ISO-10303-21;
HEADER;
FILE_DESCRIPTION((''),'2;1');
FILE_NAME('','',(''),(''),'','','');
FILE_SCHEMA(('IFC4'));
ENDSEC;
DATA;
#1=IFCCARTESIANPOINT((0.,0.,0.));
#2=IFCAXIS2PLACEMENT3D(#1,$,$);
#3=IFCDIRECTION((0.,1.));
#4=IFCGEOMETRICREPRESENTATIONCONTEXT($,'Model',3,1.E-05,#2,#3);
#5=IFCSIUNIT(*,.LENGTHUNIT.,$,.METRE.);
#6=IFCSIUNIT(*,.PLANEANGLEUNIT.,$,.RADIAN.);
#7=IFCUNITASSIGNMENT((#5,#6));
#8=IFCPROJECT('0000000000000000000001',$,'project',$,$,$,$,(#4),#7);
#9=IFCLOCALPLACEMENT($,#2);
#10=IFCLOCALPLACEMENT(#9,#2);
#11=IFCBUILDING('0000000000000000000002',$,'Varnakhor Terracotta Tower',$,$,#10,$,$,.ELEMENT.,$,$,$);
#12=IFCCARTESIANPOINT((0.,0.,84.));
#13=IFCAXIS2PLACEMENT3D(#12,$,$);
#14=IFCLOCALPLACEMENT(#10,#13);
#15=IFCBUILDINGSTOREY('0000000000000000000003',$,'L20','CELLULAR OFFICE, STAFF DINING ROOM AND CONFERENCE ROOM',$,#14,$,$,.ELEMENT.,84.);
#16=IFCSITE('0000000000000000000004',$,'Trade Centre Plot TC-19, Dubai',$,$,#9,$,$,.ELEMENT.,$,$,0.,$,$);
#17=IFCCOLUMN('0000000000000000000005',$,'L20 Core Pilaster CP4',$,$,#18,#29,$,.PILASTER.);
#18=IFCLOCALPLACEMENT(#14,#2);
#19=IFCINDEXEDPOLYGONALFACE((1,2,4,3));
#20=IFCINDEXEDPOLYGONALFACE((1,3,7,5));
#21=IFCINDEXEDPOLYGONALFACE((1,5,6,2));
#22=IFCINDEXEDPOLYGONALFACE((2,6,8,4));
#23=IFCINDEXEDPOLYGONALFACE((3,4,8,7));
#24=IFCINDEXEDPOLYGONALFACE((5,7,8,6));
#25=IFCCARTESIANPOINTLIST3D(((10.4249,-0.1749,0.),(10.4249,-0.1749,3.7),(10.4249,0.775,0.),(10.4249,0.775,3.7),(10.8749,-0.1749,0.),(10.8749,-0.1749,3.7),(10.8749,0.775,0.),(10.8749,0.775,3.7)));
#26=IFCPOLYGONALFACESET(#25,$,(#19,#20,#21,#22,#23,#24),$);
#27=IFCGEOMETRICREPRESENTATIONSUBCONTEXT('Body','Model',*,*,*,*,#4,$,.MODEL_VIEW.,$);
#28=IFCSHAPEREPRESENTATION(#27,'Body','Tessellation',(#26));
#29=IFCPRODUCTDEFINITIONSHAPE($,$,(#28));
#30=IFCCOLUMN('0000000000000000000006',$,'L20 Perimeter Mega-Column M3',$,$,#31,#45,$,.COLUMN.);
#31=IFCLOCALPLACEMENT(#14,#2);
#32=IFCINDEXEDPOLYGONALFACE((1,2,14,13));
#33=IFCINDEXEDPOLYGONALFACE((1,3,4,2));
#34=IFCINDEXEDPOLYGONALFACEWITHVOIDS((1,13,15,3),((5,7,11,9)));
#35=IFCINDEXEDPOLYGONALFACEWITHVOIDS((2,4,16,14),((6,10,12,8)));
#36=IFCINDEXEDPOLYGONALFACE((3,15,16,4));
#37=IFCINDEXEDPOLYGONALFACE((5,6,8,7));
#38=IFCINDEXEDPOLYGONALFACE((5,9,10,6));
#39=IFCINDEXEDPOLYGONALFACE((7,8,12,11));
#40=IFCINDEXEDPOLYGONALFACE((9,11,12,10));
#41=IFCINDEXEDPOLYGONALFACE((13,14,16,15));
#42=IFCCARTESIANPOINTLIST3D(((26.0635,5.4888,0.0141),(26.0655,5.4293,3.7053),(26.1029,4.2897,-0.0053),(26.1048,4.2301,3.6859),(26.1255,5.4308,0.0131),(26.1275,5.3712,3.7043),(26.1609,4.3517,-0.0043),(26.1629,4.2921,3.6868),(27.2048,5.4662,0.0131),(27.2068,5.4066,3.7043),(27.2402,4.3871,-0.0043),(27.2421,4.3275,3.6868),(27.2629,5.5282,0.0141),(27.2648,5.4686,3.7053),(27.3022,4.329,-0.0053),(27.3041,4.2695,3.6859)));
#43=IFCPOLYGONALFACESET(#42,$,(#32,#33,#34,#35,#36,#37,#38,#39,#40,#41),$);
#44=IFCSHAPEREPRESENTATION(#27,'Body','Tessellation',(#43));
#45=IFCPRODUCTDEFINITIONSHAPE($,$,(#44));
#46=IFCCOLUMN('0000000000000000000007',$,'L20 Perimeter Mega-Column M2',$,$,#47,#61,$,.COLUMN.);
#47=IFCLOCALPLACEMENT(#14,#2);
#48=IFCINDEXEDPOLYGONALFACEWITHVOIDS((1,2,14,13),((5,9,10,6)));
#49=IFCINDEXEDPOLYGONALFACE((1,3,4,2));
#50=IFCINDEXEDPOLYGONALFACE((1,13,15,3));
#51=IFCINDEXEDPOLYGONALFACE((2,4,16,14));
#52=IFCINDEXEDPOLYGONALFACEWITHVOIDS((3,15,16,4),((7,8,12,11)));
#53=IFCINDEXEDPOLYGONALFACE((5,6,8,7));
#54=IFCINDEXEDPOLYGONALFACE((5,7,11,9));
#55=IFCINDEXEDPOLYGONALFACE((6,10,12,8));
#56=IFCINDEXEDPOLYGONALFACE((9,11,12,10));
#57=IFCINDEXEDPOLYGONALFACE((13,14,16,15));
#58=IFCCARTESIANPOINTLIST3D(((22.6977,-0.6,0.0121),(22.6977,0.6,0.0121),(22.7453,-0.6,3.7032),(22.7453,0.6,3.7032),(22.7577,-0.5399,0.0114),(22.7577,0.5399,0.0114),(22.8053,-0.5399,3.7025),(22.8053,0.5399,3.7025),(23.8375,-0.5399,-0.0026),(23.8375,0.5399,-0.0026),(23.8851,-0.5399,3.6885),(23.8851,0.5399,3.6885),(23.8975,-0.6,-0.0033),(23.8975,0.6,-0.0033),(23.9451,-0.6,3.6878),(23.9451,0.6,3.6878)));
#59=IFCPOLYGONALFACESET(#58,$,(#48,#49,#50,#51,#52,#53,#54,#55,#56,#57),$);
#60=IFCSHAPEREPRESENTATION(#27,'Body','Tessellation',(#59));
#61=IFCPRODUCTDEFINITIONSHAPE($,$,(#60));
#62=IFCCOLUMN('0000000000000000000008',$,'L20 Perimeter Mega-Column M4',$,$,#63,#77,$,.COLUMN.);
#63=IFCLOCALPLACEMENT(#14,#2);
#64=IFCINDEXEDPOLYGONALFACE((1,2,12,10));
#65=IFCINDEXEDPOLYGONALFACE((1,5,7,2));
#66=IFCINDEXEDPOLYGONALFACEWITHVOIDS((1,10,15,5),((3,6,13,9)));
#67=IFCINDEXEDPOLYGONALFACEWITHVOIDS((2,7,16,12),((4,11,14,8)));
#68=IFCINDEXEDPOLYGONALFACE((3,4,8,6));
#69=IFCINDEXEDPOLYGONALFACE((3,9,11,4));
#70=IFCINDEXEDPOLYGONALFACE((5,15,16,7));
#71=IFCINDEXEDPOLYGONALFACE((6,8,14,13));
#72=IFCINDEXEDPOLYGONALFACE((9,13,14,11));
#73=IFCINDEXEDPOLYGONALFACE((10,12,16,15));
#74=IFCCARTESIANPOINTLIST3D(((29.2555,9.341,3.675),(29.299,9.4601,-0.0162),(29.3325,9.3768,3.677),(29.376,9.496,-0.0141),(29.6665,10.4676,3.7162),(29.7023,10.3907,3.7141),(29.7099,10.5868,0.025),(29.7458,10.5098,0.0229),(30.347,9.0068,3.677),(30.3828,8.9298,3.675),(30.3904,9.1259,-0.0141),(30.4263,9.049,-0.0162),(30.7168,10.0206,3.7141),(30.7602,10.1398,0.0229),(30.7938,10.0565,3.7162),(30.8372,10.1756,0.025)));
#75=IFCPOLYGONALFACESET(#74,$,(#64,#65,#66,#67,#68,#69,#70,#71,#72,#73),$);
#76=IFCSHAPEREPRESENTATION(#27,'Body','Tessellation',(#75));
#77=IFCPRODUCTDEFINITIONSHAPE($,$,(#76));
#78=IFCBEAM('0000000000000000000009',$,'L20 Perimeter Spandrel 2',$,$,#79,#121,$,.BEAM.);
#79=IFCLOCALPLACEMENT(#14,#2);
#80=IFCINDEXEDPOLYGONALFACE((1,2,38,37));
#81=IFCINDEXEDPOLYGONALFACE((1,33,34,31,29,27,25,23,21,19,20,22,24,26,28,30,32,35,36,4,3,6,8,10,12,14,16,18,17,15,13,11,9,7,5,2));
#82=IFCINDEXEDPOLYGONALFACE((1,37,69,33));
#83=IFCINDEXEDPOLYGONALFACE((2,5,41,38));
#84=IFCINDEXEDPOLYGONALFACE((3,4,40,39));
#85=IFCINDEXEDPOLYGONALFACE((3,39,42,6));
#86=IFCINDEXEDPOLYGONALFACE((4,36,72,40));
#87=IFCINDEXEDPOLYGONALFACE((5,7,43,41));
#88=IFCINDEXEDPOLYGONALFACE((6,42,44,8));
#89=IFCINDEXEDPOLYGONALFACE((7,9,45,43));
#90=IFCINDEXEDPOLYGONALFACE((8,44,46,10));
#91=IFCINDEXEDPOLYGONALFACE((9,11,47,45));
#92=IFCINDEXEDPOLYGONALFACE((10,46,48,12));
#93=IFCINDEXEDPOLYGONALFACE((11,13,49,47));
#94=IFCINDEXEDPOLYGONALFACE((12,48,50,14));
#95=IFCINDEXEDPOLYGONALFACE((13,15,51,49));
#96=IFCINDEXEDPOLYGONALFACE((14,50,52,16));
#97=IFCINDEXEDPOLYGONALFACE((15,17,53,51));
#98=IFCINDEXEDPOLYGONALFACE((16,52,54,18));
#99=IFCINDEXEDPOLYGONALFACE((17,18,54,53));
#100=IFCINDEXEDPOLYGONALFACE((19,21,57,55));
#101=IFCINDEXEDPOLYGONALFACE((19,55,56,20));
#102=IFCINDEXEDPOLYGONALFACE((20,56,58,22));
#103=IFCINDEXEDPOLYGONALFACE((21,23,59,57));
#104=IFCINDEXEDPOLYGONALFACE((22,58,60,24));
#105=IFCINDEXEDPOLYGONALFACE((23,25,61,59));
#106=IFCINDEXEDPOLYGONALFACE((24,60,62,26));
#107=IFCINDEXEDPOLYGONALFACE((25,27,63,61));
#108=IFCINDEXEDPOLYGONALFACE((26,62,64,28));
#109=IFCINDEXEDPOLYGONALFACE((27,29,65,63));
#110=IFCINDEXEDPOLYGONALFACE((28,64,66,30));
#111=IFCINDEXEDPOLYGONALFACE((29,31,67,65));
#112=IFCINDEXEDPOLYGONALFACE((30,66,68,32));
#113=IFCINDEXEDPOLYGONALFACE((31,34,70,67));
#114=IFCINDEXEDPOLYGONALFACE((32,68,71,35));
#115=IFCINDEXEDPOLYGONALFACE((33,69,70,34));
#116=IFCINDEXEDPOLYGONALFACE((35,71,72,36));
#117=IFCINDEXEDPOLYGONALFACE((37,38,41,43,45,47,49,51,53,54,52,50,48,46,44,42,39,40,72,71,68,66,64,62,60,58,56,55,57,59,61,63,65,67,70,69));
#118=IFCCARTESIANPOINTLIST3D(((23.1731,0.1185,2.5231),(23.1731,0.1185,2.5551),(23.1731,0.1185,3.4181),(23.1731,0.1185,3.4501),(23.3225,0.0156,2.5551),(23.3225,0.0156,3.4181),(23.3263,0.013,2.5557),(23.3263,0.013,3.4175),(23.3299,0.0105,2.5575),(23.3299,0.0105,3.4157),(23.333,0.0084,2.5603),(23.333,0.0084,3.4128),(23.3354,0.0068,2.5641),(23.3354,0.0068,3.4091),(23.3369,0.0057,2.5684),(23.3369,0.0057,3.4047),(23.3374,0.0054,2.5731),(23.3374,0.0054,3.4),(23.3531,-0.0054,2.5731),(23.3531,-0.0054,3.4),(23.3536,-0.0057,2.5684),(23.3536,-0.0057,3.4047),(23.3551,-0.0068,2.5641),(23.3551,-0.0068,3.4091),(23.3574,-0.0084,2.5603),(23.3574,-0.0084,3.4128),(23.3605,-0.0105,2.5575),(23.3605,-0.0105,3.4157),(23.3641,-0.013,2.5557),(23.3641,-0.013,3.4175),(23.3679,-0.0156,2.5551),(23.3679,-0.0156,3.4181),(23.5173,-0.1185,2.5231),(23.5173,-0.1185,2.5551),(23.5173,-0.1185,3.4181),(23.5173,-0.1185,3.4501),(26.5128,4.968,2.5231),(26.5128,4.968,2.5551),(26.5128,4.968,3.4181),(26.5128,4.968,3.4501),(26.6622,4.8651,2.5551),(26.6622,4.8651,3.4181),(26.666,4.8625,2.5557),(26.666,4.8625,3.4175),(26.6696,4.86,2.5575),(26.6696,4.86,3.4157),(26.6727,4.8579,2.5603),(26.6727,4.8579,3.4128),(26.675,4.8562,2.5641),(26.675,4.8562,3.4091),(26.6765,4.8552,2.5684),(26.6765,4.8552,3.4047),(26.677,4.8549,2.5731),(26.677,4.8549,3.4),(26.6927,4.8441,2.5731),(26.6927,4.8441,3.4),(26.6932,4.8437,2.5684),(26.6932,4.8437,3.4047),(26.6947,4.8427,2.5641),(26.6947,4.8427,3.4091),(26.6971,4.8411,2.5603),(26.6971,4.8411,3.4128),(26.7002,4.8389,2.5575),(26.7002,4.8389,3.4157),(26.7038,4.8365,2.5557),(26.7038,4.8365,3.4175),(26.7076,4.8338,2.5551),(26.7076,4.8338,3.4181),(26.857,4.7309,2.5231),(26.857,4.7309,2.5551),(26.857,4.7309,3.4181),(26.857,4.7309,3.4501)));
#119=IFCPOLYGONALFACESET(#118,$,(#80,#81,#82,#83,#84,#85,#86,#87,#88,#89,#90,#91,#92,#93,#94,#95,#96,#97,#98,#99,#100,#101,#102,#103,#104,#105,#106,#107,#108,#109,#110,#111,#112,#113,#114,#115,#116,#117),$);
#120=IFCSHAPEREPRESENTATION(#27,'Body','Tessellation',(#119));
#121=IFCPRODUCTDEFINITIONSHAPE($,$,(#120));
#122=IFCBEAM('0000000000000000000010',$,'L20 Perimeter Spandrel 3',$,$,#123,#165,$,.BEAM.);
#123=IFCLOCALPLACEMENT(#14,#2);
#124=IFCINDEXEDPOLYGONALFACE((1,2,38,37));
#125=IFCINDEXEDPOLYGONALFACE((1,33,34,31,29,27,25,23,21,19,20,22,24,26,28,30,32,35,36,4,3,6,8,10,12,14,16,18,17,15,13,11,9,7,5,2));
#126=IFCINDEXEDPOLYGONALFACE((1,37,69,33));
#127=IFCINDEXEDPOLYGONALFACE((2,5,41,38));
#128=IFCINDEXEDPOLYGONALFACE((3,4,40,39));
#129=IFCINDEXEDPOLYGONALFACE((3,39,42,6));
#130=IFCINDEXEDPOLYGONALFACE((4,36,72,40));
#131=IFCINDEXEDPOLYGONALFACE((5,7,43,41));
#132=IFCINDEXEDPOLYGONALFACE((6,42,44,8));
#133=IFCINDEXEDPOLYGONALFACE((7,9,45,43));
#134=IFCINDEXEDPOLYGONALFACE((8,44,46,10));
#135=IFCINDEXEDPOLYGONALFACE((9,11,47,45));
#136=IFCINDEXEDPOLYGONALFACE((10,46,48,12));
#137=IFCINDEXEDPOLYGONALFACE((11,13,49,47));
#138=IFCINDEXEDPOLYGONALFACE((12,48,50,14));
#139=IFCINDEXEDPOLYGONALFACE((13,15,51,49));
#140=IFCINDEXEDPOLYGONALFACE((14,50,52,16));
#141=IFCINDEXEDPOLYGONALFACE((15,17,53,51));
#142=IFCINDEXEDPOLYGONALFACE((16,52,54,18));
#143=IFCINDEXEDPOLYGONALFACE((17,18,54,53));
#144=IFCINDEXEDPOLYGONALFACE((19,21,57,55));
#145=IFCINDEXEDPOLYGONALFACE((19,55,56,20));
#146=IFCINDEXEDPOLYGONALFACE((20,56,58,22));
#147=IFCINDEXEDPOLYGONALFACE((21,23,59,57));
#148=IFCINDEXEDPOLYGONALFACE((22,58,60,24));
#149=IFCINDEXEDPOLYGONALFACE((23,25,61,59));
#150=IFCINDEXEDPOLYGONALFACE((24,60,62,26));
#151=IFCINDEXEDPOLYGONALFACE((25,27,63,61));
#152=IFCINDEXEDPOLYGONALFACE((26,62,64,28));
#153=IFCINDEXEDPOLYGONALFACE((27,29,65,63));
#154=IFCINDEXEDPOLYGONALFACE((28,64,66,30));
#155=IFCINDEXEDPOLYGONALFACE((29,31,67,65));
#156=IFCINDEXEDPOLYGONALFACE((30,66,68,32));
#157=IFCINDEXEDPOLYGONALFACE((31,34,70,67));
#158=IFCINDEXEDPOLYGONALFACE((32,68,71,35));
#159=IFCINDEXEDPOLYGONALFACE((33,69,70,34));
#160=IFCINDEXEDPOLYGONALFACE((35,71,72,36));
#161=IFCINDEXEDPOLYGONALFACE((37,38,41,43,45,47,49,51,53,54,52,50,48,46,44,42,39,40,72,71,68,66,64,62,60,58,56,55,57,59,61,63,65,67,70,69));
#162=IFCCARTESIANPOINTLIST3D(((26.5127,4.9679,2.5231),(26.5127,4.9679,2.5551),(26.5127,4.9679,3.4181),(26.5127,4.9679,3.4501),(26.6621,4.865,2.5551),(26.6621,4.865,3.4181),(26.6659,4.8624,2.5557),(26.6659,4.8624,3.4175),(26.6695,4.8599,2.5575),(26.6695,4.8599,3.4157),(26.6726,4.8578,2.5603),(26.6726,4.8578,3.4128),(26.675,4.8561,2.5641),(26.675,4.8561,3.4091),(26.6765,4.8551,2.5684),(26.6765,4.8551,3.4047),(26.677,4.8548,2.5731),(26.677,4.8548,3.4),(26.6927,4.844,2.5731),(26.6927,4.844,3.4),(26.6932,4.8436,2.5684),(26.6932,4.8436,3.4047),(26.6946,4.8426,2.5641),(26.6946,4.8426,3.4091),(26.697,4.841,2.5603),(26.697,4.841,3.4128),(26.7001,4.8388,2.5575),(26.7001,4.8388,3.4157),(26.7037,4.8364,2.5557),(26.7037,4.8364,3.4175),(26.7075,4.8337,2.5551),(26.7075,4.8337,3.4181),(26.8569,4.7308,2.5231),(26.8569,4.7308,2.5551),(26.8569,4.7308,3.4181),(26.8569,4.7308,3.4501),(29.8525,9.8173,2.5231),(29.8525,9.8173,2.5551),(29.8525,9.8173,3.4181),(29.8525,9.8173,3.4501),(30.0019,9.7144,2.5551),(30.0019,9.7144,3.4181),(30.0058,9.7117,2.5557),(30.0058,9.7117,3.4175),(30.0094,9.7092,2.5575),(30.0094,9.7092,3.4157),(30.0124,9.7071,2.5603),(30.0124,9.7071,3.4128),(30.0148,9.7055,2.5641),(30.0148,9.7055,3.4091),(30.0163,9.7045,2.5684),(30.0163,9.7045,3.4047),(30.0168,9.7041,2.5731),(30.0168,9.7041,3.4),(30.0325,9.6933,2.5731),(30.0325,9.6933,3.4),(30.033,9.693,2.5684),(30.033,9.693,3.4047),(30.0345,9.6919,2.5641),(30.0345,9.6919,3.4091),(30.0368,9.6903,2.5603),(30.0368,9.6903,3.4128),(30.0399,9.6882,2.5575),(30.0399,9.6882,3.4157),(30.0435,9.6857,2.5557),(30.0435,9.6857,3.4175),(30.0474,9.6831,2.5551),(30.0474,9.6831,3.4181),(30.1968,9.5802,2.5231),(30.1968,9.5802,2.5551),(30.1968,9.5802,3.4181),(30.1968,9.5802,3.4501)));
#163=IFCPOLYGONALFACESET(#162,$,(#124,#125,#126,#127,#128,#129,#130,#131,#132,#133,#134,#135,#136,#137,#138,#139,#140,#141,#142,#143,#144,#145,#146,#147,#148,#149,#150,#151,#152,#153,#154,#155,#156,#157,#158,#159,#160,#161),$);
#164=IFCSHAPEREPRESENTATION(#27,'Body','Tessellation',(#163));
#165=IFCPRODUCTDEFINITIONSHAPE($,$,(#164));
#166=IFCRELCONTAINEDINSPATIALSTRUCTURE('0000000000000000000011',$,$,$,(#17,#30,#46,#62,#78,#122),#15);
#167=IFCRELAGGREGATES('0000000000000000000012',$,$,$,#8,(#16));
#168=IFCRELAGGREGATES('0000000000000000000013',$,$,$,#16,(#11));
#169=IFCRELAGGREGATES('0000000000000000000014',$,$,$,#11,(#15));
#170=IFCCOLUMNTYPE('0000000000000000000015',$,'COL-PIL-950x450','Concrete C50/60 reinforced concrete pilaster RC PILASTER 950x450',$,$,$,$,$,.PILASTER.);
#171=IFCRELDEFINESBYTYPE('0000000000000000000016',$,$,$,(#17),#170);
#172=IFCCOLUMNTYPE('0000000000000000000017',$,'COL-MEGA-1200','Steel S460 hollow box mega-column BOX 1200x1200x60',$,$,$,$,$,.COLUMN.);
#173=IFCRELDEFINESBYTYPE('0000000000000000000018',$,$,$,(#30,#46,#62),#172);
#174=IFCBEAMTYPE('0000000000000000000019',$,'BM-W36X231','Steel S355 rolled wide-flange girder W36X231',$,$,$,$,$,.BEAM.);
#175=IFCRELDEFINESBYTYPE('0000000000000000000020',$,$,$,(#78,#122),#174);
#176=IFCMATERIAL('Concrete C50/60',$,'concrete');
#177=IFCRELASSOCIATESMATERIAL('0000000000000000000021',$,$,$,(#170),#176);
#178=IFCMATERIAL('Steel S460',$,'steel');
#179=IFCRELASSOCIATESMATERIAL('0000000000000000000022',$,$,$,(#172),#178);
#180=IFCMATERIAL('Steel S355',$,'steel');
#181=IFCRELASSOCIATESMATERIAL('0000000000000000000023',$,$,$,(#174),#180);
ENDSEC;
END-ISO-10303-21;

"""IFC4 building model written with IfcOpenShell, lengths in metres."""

from ifc_helpers import new_model, si_unit, direction, frame, origin, origin_2d, place, context, subcontext, project, spatial, rectangle, hollow_rectangle, i_section, extrude, source, transform, mapped, material, material_profile, profile_set, type_object, type_shapes, element, save


model = new_model("IFC4")

# Units and contexts
model_context = context("Model", 3, precision=1e-05, world=origin(), true_north=direction((0.0, 1.0)))
body_context = subcontext(model_context, "Body", "Model", "MODEL_VIEW")
ifc_project = project(units=[si_unit("LENGTHUNIT", "METRE"), si_unit("PLANEANGLEUNIT", "RADIAN")], contexts=[model_context])

# Site, building, storey
site_placement = place(None, origin())
site = spatial("IfcSite", under=ifc_project, at=site_placement, Name="Trade Centre Plot TC-19, Dubai", CompositionType="ELEMENT", RefElevation=0.0)
building_placement = place(site_placement, origin())
building = spatial("IfcBuilding", under=site, at=building_placement, Name="Varnakhor Terracotta Tower", CompositionType="ELEMENT")
storey_placement = place(building_placement, frame((0.0, 0.0, 84.0)))
storey = spatial("IfcBuildingStorey", under=building, at=storey_placement, Name="L20", Description="CELLULAR OFFICE, STAFF DINING ROOM AND CONFERENCE ROOM", CompositionType="ELEMENT", Elevation=84.0)

# Columns
ifc_material_1 = material(Name="Concrete C50/60", Category="concrete")
ifc_material_profile_1 = material_profile(ifc_material_1, rectangle(XDim=0.45, YDim=0.95, at=origin_2d()), Name="RC PILASTER 950x450")
ifc_profile_set_1 = profile_set([ifc_material_profile_1], Name="Concrete C50/60")
column_type_1 = type_object("IfcColumnType", Name="COL-PIL-950x450", Description="Concrete C50/60 reinforced concrete pilaster RC PILASTER 950x450", PredefinedType="PILASTER", material=ifc_profile_set_1)
shared_shape_1 = source(origin(), body_context, "Body", "SweptSolid", [
    extrude(rectangle(XDim=0.45, YDim=0.95, at=origin_2d()), origin(), (0.0, 0.0, 1.0), 3.7),
])
column_1_placement = place(storey_placement, frame((10.6499, 0.3, 0.0), z_axis=(0.0, 0.0, 1.0), x_axis=(1.0, 0.0, 0.0)))
element("IfcColumn", 1, at=column_1_placement, inside=storey, type_object=column_type_1, Name="L20 Core Pilaster CP4", PredefinedType="PILASTER", context=body_context, shape_type="MappedRepresentation", body=[
    mapped(shared_shape_1, transform((0.0, 0.0, 0.0), scale=1.0)),
])
ifc_material_2 = material(Name="Steel S460", Category="steel")
ifc_material_profile_2 = material_profile(ifc_material_2, hollow_rectangle(XDim=1.2, YDim=1.2, WallThickness=0.0601, at=origin_2d()), Name="BOX 1200x1200x60")
ifc_profile_set_2 = profile_set([ifc_material_profile_2], Name="Steel S460")
column_type_2 = type_object("IfcColumnType", Name="COL-MEGA-1200", Description="Steel S460 hollow box mega-column BOX 1200x1200x60", PredefinedType="COLUMN", material=ifc_profile_set_2)
shared_shape_2 = source(origin(), body_context, "Body", "SweptSolid", [
    extrude(hollow_rectangle(XDim=1.2, YDim=1.2, WallThickness=0.0601, at=origin_2d()), origin(), (0.0, 0.0, 1.0), 3.6917),
])
type_shapes(column_type_2, [shared_shape_2])
column_2_placement = place(storey_placement, frame((26.6829, 4.9089, 0.0044), z_axis=(0.000529, -0.016137, 0.99987), x_axis=(0.999463, 0.032769, 0.0)))
element("IfcColumn", 2, at=column_2_placement, inside=storey, type_object=column_type_2, Name="L20 Perimeter Mega-Column M3", PredefinedType="COLUMN", context=body_context, shape_type="MappedRepresentation", body=[
    mapped(shared_shape_2, transform((0.0, 0.0, 0.0), scale=1.0)),
])
shared_shape_3 = source(origin(), body_context, "Body", "SweptSolid", [
    extrude(hollow_rectangle(XDim=1.2, YDim=1.2, WallThickness=0.0601, at=origin_2d()), origin(), (0.0, 0.0, 1.0), 3.6914),
])
column_3_placement = place(storey_placement, frame((23.2976, 0.0, 0.0044), z_axis=(0.012897, 0.0, 0.999917), x_axis=(0.0, 1.0, 0.0)))
element("IfcColumn", 3, at=column_3_placement, inside=storey, type_object=column_type_2, Name="L20 Perimeter Mega-Column M2", PredefinedType="COLUMN", context=body_context, shape_type="MappedRepresentation", body=[
    mapped(shared_shape_3, transform((0.0, 0.0, 0.0), scale=1.0)),
])
shared_shape_4 = source(origin(), body_context, "Body", "SweptSolid", [
    extrude(hollow_rectangle(XDim=1.2, YDim=1.2, WallThickness=0.0601, at=origin_2d()), origin(), (0.0, 0.0, 1.0), 3.6934),
])
column_4_placement = place(storey_placement, frame((30.0681, 9.8179, 0.0044), z_axis=(-0.011766, -0.032258, 0.99941), x_axis=(0.939456, -0.34267, 0.0)))
element("IfcColumn", 4, at=column_4_placement, inside=storey, type_object=column_type_2, Name="L20 Perimeter Mega-Column M4", PredefinedType="COLUMN", context=body_context, shape_type="MappedRepresentation", body=[
    mapped(shared_shape_4, transform((0.0, 0.0, 0.0), scale=1.0)),
])

# Beams
ifc_material_3 = material(Name="Steel S355", Category="steel")
ifc_material_profile_3 = material_profile(ifc_material_3, i_section(OverallWidth=0.418, OverallDepth=0.927, WebThickness=0.019, FlangeThickness=0.032, FilletRadius=0.0181, at=origin_2d()), Name="W36X231")
ifc_profile_set_3 = profile_set([ifc_material_profile_3], Name="Steel S355")
beam_type_1 = type_object("IfcBeamType", Name="BM-W36X231", Description="Steel S355 rolled wide-flange girder W36X231", PredefinedType="BEAM", material=ifc_profile_set_3)
shared_shape_5 = source(origin(), body_context, "Body", "SweptSolid", [
    extrude(i_section(OverallWidth=0.418, OverallDepth=0.927, WebThickness=0.019, FlangeThickness=0.032, FilletRadius=0.0181, at=origin_2d()), origin(), (0.0, 0.0, 1.0), 5.8882),
])
for number, where, z_axis, x_axis, name in (
    (5, (23.3452, 0.0, 2.9866), (0.567182, 0.823593, 0.0), (-0.823593, 0.567182, 0.0), "L20 Perimeter Spandrel 2"),
    (6, (26.6848, 4.8494, 2.9866), (0.56721, 0.823573, 0.0), (-0.823573, 0.56721, 0.0), "L20 Perimeter Spandrel 3"),
):
    element("IfcBeam", number, at=place(storey_placement, frame(where, z_axis=z_axis, x_axis=x_axis)), inside=storey, type_object=beam_type_1, Name=name, PredefinedType="BEAM", context=body_context, shape_type="MappedRepresentation", body=[
        mapped(shared_shape_5, transform((0.0, 0.0, 0.0), scale=1.0)),
    ])

save(model, "model.ifc")
